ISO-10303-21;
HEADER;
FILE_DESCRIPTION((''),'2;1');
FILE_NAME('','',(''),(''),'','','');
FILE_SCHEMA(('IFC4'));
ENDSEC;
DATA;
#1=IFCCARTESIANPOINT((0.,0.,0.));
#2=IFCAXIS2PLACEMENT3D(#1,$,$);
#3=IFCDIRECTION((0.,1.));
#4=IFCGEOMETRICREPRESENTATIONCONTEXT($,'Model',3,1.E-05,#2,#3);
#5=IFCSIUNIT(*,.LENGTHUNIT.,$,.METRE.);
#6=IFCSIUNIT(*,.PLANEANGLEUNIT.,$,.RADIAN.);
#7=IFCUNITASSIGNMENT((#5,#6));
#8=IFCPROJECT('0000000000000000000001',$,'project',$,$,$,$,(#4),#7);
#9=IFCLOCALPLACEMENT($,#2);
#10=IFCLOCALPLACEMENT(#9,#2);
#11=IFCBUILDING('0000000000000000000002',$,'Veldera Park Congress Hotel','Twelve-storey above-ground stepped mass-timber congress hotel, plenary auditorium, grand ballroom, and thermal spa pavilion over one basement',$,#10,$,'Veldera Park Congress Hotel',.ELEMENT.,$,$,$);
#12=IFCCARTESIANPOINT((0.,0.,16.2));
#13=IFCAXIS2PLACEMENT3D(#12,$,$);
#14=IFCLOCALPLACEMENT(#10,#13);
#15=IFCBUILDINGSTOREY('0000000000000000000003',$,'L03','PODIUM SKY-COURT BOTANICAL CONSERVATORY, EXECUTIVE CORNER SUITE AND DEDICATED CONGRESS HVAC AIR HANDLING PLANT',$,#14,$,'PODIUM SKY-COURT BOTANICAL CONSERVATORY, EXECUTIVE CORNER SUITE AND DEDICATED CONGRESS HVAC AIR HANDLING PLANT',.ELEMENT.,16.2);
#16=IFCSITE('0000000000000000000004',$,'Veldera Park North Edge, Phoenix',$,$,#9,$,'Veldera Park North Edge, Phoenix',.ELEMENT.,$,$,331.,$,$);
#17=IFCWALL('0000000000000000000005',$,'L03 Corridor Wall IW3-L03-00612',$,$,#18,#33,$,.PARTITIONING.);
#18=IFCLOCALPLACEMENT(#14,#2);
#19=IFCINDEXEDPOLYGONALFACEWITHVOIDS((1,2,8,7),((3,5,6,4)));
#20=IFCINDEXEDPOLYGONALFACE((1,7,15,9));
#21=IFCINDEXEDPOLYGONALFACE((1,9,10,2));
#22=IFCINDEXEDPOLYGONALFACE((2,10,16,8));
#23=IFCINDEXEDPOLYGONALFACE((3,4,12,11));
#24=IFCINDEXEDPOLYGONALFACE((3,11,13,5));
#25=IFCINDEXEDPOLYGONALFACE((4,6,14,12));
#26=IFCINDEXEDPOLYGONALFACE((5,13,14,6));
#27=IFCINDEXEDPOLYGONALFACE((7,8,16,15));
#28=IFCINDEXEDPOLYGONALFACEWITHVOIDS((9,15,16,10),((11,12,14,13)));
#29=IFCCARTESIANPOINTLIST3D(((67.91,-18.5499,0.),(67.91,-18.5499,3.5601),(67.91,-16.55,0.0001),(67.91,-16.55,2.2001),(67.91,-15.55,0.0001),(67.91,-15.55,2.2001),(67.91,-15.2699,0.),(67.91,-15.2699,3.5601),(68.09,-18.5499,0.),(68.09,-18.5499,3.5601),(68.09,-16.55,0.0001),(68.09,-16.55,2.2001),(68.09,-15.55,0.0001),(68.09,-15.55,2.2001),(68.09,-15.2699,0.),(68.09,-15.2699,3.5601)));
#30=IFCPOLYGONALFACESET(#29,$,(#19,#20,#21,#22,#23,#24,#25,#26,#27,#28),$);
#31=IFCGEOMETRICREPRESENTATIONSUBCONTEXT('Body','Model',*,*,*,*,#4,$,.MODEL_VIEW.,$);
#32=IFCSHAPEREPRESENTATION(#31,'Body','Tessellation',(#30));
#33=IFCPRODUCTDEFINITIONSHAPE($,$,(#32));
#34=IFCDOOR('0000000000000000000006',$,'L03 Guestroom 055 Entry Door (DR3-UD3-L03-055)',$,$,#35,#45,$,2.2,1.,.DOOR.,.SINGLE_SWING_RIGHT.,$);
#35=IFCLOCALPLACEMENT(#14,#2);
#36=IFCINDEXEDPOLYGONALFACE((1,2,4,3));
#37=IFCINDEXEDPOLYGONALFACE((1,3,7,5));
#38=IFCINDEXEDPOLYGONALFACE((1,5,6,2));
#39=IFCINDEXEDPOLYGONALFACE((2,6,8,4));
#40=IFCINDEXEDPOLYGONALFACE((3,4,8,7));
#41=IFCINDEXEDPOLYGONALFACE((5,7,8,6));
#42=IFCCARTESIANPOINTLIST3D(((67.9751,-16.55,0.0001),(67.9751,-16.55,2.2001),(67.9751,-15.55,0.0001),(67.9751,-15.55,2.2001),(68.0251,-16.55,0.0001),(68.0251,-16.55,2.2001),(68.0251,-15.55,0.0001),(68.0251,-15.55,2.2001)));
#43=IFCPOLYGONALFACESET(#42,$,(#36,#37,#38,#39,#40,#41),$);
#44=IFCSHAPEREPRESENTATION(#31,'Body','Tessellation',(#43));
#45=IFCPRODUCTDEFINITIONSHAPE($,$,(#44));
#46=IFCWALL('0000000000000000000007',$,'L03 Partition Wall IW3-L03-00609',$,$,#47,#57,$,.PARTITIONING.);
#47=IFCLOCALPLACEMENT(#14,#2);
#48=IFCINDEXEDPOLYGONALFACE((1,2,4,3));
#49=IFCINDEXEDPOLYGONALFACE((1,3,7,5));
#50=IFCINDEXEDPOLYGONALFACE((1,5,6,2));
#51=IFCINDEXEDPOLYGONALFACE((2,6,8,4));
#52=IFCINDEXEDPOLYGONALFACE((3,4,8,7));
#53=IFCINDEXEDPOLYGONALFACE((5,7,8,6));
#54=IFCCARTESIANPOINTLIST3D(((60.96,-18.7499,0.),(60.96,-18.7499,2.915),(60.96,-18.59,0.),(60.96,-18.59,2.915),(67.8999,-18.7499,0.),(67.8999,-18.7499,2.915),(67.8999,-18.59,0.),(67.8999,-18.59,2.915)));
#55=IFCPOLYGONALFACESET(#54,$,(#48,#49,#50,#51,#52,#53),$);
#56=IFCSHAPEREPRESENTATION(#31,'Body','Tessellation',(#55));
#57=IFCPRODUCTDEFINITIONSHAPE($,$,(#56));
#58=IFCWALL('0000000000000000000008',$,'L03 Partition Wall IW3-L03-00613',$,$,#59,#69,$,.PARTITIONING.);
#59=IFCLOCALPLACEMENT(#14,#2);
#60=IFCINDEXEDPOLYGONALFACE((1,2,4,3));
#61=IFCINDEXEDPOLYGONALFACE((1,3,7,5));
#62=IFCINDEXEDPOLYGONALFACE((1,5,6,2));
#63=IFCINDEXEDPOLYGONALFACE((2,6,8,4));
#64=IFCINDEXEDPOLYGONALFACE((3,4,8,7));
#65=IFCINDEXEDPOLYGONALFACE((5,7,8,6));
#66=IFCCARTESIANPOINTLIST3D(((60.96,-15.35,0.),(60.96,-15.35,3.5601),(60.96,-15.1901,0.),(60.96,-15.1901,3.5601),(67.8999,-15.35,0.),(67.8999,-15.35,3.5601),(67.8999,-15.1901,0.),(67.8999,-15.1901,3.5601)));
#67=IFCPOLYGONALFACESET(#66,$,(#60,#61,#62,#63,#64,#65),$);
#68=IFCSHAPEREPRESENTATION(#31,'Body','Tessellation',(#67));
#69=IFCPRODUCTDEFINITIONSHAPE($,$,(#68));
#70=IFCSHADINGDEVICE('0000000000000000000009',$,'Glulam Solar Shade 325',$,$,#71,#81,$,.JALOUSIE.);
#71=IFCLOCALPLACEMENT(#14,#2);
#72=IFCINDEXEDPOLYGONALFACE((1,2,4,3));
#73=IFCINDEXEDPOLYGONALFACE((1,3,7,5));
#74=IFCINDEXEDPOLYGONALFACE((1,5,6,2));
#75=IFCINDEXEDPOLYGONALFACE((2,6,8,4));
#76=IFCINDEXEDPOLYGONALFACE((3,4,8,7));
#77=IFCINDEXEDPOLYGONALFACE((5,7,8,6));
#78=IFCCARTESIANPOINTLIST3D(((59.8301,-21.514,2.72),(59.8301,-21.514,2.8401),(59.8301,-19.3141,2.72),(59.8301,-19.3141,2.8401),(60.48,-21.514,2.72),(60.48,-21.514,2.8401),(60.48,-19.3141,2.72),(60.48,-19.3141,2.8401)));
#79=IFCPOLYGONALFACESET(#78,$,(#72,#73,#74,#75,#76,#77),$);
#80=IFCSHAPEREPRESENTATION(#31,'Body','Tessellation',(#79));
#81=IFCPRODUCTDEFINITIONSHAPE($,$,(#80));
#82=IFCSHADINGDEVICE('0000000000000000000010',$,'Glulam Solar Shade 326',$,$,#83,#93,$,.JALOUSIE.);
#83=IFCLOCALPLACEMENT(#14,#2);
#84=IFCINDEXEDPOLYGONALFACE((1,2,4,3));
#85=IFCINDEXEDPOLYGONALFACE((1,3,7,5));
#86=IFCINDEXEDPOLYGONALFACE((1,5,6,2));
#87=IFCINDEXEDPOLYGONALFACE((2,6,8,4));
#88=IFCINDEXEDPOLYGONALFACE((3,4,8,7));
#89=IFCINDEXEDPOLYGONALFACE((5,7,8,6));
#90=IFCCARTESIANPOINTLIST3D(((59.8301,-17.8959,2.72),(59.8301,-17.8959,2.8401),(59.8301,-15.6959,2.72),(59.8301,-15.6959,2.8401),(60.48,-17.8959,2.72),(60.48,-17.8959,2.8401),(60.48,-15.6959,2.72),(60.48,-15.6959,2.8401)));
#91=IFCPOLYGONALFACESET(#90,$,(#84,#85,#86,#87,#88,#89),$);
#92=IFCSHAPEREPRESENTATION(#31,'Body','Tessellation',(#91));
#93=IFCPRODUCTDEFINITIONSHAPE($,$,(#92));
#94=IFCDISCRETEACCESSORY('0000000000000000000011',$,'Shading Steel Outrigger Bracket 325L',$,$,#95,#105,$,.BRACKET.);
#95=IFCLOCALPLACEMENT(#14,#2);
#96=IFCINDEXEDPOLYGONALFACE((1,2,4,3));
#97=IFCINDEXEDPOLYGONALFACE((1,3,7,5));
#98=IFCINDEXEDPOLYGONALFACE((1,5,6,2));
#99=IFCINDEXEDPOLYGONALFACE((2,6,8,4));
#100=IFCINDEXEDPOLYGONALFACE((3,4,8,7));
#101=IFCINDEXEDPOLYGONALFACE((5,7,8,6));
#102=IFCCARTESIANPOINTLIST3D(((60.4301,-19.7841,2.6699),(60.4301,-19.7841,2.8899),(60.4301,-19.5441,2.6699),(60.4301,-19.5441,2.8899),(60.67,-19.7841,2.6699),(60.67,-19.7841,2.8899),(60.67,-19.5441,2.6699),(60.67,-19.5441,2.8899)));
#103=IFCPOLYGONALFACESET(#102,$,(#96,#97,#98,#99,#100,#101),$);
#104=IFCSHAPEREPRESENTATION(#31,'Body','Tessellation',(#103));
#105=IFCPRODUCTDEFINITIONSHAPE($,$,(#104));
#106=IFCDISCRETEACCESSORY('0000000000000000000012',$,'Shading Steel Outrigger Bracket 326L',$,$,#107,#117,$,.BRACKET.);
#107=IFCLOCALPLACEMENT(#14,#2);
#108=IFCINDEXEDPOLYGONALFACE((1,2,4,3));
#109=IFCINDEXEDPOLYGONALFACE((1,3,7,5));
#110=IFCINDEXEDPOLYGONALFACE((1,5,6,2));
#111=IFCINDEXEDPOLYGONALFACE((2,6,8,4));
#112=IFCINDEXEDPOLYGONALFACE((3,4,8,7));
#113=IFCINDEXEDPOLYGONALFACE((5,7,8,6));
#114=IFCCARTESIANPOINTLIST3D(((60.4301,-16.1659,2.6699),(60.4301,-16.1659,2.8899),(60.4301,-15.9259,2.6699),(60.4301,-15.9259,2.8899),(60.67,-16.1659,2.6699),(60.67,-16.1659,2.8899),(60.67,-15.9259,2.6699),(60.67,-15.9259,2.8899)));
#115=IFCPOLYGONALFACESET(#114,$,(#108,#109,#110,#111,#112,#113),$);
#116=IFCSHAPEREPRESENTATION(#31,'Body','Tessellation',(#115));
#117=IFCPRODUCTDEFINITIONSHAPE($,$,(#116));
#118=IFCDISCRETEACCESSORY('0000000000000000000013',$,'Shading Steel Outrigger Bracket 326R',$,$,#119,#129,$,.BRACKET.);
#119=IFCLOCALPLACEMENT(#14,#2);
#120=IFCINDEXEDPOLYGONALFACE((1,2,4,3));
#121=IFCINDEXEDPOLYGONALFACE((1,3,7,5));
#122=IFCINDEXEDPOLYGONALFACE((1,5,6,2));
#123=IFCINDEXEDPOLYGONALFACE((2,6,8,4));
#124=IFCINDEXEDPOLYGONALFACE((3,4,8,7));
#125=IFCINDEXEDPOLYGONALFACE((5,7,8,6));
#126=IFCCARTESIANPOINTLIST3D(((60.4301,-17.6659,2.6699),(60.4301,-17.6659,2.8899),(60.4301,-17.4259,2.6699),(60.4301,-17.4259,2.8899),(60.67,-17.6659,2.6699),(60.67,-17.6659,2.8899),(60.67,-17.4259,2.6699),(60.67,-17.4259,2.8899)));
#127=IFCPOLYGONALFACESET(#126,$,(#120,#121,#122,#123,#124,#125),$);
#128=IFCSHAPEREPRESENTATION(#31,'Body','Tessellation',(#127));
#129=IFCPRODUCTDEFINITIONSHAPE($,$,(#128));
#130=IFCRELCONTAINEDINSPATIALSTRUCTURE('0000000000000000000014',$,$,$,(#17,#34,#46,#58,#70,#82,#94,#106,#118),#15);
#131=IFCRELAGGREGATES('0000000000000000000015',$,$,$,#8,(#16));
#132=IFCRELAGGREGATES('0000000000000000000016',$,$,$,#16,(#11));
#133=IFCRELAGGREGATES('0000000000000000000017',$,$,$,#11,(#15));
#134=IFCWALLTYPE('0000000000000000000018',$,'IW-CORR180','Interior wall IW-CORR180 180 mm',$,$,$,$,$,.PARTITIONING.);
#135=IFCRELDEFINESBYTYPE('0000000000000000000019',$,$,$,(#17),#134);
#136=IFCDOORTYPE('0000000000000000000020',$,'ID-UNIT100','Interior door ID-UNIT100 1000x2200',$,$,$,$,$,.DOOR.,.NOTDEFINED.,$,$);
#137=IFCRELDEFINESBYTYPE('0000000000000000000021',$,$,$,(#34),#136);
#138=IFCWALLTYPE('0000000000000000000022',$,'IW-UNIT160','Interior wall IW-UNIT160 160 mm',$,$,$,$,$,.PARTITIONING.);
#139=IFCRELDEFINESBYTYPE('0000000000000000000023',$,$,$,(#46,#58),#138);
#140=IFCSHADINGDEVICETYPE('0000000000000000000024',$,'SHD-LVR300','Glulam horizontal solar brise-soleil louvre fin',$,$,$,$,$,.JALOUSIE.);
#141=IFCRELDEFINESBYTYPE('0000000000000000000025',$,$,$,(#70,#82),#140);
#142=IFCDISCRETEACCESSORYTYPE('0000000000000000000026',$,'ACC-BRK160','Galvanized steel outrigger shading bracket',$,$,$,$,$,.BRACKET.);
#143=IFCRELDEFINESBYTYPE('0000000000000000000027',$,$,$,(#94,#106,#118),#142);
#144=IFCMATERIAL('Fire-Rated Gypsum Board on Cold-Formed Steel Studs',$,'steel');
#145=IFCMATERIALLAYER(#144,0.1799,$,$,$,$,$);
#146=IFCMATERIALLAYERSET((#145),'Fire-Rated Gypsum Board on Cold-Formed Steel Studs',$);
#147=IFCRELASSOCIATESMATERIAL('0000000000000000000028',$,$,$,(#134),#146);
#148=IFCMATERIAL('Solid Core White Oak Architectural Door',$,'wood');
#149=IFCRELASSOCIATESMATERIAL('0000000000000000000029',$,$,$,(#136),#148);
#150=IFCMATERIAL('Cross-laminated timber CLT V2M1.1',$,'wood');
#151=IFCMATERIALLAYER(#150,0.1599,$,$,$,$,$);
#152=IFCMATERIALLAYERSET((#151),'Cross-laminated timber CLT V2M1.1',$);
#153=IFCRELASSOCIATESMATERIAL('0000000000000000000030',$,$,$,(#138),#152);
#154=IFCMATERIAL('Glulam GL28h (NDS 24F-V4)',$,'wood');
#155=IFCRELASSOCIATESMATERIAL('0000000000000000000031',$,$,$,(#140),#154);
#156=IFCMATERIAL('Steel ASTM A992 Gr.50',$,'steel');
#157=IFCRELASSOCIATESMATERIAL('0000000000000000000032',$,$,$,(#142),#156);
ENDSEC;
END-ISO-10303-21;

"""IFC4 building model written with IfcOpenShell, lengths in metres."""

from ifc_helpers import new_model, si_unit, direction, frame, frame_2d, origin, origin_2d, place, context, subcontext, project, spatial, rectangle, extrude, material, layer, layer_set, type_object, element, fill, save


model = new_model("IFC4")

# Units and contexts
model_context = context("Model", 3, precision=1e-05, world=origin(), true_north=direction((0.0, 1.0)))
body_context = subcontext(model_context, "Body", "Model", "MODEL_VIEW")
ifc_project = project(units=[si_unit("LENGTHUNIT", "METRE"), si_unit("PLANEANGLEUNIT", "RADIAN")], contexts=[model_context])

# Site, building, storey
site_placement = place(None, origin())
site = spatial("IfcSite", under=ifc_project, at=site_placement, Name="Veldera Park North Edge, Phoenix", LongName="Veldera Park North Edge, Phoenix", CompositionType="ELEMENT", RefElevation=331.0)
building_placement = place(site_placement, origin())
building = spatial("IfcBuilding", under=site, at=building_placement, Name="Veldera Park Congress Hotel", Description="Twelve-storey above-ground stepped mass-timber congress hotel, plenary auditorium, grand ballroom, and thermal spa pavilion over one basement", LongName="Veldera Park Congress Hotel", CompositionType="ELEMENT")
storey_placement = place(building_placement, frame((0.0, 0.0, 16.2)))
storey = spatial("IfcBuildingStorey", under=building, at=storey_placement, Name="L03", Description="PODIUM SKY-COURT BOTANICAL CONSERVATORY, EXECUTIVE CORNER SUITE AND DEDICATED CONGRESS HVAC AIR HANDLING PLANT", LongName="PODIUM SKY-COURT BOTANICAL CONSERVATORY, EXECUTIVE CORNER SUITE AND DEDICATED CONGRESS HVAC AIR HANDLING PLANT", CompositionType="ELEMENT", Elevation=16.2)

# Shared definitions
ifc_material_1 = material(Name="Glulam GL28h (NDS 24F-V4)", Category="wood")

# Shared definitions
ifc_material_2 = material(Name="Cross-laminated timber CLT V2M1.1", Category="wood")

# Shared definitions
ifc_material_3 = material(Name="Fire-Rated Gypsum Board on Cold-Formed Steel Studs", Category="steel")

# Wall, opening, door
ifc_material_4 = material(Name="Solid Core White Oak Architectural Door", Category="wood")
ifc_layer_1 = layer(ifc_material_3, 0.1799)
ifc_layer_set_1 = layer_set([ifc_layer_1], Name="Fire-Rated Gypsum Board on Cold-Formed Steel Studs")
wall_type_1 = type_object("IfcWallType", Name="IW-CORR180", Description="Interior wall IW-CORR180 180 mm", PredefinedType="PARTITIONING", material=ifc_layer_set_1)
wall_1_placement = place(storey_placement, frame((68.0, -18.55, 0.0), z_axis=(0.0, 0.0, 1.0), x_axis=(0.0, 1.0, 0.0)))
wall_1 = element("IfcWall", 1, at=wall_1_placement, inside=storey, type_object=wall_type_1, Name="L03 Corridor Wall IW3-L03-00612", PredefinedType="PARTITIONING", context=body_context, shape_type="SweptSolid", body=[
    extrude(rectangle(XDim=3.28, YDim=0.1799, at=frame_2d((1.6401, 0.0))), origin(), (0.0, 0.0, 1.0), 3.5601),
])
opening_1_placement = place(wall_1_placement, frame((2.0, 0.0, 0.0)))
opening_1 = element("IfcOpeningElement", 2, at=opening_1_placement, cuts=wall_1, PredefinedType="OPENING", context=body_context, shape_type="SweptSolid", body=[
    extrude(rectangle(XDim=1.0, YDim=2.2, at=frame_2d((0.5, 1.1001))), frame((0.0, 0.1021, 0.0), z_axis=(0.0, -1.0, 0.0), x_axis=(1.0, 0.0, 0.0)), (0.0, 0.0, 1.0), 0.2039),
])
door_type_1 = type_object("IfcDoorType", Name="ID-UNIT100", Description="Interior door ID-UNIT100 1000x2200", OperationType="NOTDEFINED", PredefinedType="DOOR", material=ifc_material_4)
door_1_placement = place(opening_1_placement, origin())
door_1 = element("IfcDoor", 3, at=door_1_placement, inside=storey, type_object=door_type_1, Name="L03 Guestroom 055 Entry Door (DR3-UD3-L03-055)", OperationType="SINGLE_SWING_RIGHT", OverallHeight=2.2, OverallWidth=1.0, PredefinedType="DOOR", context=body_context, shape_type="SweptSolid", body=[
    extrude(rectangle(XDim=1.0, YDim=2.2, at=frame_2d((0.5, 1.1001))), frame((0.0, 0.0249, 0.0), z_axis=(0.0, -1.0, 0.0), x_axis=(1.0, 0.0, 0.0)), (0.0, 0.0, 1.0), 0.05),
])
fill(opening_1, door_1)

# Walls
ifc_layer_2 = layer(ifc_material_2, 0.1599)
ifc_layer_set_2 = layer_set([ifc_layer_2], Name="Cross-laminated timber CLT V2M1.1")
wall_type_2 = type_object("IfcWallType", Name="IW-UNIT160", Description="Interior wall IW-UNIT160 160 mm", PredefinedType="PARTITIONING", material=ifc_layer_set_2)
wall_2_placement = place(storey_placement, frame((60.96, -18.6699, 0.0), z_axis=(0.0, 0.0, 1.0), x_axis=(1.0, 0.0, 0.0)))
element("IfcWall", 4, at=wall_2_placement, inside=storey, type_object=wall_type_2, Name="L03 Partition Wall IW3-L03-00609", PredefinedType="PARTITIONING", context=body_context, shape_type="SweptSolid", body=[
    extrude(rectangle(XDim=6.9399, YDim=0.1599, at=frame_2d((3.47, 0.0))), origin(), (0.0, 0.0, 1.0), 2.915),
])
wall_3_placement = place(storey_placement, frame((60.96, -15.27, 0.0), z_axis=(0.0, 0.0, 1.0), x_axis=(1.0, 0.0, 0.0)))
element("IfcWall", 5, at=wall_3_placement, inside=storey, type_object=wall_type_2, Name="L03 Partition Wall IW3-L03-00613", PredefinedType="PARTITIONING", context=body_context, shape_type="SweptSolid", body=[
    extrude(rectangle(XDim=6.9399, YDim=0.1599, at=frame_2d((3.47, 0.0))), origin(), (0.0, 0.0, 1.0), 3.5601),
])

# Shading devices
shading_device_type = type_object("IfcShadingDeviceType", Name="SHD-LVR300", Description="Glulam horizontal solar brise-soleil louvre fin", PredefinedType="JALOUSIE", material=ifc_material_1)
for number, where, z_axis, x_axis, name in (
    (6, (60.155, -20.4141, 2.72), (0.0, 0.0, 1.0), (0.0, -1.0, 0.0), "Glulam Solar Shade 325"),
    (7, (60.155, -16.7959, 2.72), (0.0, 0.0, 1.0), (0.0, -1.0, 0.0), "Glulam Solar Shade 326"),
):
    element("IfcShadingDevice", number, at=place(storey_placement, frame(where, z_axis=z_axis, x_axis=x_axis)), inside=storey, type_object=shading_device_type, Name=name, PredefinedType="JALOUSIE", context=body_context, shape_type="SweptSolid", body=[
        extrude(rectangle(XDim=2.2, YDim=0.6499, at=origin_2d()), origin(), (0.0, 0.0, 1.0), 0.1201),
    ])

# Discrete accessories
ifc_material_5 = material(Name="Steel ASTM A992 Gr.50", Category="steel")
discrete_accessory_type = type_object("IfcDiscreteAccessoryType", Name="ACC-BRK160", Description="Galvanized steel outrigger shading bracket", PredefinedType="BRACKET", material=ifc_material_5)
for number, where, z_axis, x_axis, name in (
    (8, (60.55, -19.6641, 2.6699), (0.0, 0.0, 1.0), (0.0, -1.0, 0.0), "Shading Steel Outrigger Bracket 325L"),
    (9, (60.55, -16.0459, 2.6699), (0.0, 0.0, 1.0), (0.0, -1.0, 0.0), "Shading Steel Outrigger Bracket 326L"),
    (10, (60.55, -17.5459, 2.6699), (0.0, 0.0, 1.0), (0.0, -1.0, 0.0), "Shading Steel Outrigger Bracket 326R"),
):
    element("IfcDiscreteAccessory", number, at=place(storey_placement, frame(where, z_axis=z_axis, x_axis=x_axis)), inside=storey, type_object=discrete_accessory_type, Name=name, PredefinedType="BRACKET", context=body_context, shape_type="SweptSolid", body=[
        extrude(rectangle(XDim=0.24, YDim=0.24, at=origin_2d()), origin(), (0.0, 0.0, 1.0), 0.22),
    ])

save(model, "model.ifc")
